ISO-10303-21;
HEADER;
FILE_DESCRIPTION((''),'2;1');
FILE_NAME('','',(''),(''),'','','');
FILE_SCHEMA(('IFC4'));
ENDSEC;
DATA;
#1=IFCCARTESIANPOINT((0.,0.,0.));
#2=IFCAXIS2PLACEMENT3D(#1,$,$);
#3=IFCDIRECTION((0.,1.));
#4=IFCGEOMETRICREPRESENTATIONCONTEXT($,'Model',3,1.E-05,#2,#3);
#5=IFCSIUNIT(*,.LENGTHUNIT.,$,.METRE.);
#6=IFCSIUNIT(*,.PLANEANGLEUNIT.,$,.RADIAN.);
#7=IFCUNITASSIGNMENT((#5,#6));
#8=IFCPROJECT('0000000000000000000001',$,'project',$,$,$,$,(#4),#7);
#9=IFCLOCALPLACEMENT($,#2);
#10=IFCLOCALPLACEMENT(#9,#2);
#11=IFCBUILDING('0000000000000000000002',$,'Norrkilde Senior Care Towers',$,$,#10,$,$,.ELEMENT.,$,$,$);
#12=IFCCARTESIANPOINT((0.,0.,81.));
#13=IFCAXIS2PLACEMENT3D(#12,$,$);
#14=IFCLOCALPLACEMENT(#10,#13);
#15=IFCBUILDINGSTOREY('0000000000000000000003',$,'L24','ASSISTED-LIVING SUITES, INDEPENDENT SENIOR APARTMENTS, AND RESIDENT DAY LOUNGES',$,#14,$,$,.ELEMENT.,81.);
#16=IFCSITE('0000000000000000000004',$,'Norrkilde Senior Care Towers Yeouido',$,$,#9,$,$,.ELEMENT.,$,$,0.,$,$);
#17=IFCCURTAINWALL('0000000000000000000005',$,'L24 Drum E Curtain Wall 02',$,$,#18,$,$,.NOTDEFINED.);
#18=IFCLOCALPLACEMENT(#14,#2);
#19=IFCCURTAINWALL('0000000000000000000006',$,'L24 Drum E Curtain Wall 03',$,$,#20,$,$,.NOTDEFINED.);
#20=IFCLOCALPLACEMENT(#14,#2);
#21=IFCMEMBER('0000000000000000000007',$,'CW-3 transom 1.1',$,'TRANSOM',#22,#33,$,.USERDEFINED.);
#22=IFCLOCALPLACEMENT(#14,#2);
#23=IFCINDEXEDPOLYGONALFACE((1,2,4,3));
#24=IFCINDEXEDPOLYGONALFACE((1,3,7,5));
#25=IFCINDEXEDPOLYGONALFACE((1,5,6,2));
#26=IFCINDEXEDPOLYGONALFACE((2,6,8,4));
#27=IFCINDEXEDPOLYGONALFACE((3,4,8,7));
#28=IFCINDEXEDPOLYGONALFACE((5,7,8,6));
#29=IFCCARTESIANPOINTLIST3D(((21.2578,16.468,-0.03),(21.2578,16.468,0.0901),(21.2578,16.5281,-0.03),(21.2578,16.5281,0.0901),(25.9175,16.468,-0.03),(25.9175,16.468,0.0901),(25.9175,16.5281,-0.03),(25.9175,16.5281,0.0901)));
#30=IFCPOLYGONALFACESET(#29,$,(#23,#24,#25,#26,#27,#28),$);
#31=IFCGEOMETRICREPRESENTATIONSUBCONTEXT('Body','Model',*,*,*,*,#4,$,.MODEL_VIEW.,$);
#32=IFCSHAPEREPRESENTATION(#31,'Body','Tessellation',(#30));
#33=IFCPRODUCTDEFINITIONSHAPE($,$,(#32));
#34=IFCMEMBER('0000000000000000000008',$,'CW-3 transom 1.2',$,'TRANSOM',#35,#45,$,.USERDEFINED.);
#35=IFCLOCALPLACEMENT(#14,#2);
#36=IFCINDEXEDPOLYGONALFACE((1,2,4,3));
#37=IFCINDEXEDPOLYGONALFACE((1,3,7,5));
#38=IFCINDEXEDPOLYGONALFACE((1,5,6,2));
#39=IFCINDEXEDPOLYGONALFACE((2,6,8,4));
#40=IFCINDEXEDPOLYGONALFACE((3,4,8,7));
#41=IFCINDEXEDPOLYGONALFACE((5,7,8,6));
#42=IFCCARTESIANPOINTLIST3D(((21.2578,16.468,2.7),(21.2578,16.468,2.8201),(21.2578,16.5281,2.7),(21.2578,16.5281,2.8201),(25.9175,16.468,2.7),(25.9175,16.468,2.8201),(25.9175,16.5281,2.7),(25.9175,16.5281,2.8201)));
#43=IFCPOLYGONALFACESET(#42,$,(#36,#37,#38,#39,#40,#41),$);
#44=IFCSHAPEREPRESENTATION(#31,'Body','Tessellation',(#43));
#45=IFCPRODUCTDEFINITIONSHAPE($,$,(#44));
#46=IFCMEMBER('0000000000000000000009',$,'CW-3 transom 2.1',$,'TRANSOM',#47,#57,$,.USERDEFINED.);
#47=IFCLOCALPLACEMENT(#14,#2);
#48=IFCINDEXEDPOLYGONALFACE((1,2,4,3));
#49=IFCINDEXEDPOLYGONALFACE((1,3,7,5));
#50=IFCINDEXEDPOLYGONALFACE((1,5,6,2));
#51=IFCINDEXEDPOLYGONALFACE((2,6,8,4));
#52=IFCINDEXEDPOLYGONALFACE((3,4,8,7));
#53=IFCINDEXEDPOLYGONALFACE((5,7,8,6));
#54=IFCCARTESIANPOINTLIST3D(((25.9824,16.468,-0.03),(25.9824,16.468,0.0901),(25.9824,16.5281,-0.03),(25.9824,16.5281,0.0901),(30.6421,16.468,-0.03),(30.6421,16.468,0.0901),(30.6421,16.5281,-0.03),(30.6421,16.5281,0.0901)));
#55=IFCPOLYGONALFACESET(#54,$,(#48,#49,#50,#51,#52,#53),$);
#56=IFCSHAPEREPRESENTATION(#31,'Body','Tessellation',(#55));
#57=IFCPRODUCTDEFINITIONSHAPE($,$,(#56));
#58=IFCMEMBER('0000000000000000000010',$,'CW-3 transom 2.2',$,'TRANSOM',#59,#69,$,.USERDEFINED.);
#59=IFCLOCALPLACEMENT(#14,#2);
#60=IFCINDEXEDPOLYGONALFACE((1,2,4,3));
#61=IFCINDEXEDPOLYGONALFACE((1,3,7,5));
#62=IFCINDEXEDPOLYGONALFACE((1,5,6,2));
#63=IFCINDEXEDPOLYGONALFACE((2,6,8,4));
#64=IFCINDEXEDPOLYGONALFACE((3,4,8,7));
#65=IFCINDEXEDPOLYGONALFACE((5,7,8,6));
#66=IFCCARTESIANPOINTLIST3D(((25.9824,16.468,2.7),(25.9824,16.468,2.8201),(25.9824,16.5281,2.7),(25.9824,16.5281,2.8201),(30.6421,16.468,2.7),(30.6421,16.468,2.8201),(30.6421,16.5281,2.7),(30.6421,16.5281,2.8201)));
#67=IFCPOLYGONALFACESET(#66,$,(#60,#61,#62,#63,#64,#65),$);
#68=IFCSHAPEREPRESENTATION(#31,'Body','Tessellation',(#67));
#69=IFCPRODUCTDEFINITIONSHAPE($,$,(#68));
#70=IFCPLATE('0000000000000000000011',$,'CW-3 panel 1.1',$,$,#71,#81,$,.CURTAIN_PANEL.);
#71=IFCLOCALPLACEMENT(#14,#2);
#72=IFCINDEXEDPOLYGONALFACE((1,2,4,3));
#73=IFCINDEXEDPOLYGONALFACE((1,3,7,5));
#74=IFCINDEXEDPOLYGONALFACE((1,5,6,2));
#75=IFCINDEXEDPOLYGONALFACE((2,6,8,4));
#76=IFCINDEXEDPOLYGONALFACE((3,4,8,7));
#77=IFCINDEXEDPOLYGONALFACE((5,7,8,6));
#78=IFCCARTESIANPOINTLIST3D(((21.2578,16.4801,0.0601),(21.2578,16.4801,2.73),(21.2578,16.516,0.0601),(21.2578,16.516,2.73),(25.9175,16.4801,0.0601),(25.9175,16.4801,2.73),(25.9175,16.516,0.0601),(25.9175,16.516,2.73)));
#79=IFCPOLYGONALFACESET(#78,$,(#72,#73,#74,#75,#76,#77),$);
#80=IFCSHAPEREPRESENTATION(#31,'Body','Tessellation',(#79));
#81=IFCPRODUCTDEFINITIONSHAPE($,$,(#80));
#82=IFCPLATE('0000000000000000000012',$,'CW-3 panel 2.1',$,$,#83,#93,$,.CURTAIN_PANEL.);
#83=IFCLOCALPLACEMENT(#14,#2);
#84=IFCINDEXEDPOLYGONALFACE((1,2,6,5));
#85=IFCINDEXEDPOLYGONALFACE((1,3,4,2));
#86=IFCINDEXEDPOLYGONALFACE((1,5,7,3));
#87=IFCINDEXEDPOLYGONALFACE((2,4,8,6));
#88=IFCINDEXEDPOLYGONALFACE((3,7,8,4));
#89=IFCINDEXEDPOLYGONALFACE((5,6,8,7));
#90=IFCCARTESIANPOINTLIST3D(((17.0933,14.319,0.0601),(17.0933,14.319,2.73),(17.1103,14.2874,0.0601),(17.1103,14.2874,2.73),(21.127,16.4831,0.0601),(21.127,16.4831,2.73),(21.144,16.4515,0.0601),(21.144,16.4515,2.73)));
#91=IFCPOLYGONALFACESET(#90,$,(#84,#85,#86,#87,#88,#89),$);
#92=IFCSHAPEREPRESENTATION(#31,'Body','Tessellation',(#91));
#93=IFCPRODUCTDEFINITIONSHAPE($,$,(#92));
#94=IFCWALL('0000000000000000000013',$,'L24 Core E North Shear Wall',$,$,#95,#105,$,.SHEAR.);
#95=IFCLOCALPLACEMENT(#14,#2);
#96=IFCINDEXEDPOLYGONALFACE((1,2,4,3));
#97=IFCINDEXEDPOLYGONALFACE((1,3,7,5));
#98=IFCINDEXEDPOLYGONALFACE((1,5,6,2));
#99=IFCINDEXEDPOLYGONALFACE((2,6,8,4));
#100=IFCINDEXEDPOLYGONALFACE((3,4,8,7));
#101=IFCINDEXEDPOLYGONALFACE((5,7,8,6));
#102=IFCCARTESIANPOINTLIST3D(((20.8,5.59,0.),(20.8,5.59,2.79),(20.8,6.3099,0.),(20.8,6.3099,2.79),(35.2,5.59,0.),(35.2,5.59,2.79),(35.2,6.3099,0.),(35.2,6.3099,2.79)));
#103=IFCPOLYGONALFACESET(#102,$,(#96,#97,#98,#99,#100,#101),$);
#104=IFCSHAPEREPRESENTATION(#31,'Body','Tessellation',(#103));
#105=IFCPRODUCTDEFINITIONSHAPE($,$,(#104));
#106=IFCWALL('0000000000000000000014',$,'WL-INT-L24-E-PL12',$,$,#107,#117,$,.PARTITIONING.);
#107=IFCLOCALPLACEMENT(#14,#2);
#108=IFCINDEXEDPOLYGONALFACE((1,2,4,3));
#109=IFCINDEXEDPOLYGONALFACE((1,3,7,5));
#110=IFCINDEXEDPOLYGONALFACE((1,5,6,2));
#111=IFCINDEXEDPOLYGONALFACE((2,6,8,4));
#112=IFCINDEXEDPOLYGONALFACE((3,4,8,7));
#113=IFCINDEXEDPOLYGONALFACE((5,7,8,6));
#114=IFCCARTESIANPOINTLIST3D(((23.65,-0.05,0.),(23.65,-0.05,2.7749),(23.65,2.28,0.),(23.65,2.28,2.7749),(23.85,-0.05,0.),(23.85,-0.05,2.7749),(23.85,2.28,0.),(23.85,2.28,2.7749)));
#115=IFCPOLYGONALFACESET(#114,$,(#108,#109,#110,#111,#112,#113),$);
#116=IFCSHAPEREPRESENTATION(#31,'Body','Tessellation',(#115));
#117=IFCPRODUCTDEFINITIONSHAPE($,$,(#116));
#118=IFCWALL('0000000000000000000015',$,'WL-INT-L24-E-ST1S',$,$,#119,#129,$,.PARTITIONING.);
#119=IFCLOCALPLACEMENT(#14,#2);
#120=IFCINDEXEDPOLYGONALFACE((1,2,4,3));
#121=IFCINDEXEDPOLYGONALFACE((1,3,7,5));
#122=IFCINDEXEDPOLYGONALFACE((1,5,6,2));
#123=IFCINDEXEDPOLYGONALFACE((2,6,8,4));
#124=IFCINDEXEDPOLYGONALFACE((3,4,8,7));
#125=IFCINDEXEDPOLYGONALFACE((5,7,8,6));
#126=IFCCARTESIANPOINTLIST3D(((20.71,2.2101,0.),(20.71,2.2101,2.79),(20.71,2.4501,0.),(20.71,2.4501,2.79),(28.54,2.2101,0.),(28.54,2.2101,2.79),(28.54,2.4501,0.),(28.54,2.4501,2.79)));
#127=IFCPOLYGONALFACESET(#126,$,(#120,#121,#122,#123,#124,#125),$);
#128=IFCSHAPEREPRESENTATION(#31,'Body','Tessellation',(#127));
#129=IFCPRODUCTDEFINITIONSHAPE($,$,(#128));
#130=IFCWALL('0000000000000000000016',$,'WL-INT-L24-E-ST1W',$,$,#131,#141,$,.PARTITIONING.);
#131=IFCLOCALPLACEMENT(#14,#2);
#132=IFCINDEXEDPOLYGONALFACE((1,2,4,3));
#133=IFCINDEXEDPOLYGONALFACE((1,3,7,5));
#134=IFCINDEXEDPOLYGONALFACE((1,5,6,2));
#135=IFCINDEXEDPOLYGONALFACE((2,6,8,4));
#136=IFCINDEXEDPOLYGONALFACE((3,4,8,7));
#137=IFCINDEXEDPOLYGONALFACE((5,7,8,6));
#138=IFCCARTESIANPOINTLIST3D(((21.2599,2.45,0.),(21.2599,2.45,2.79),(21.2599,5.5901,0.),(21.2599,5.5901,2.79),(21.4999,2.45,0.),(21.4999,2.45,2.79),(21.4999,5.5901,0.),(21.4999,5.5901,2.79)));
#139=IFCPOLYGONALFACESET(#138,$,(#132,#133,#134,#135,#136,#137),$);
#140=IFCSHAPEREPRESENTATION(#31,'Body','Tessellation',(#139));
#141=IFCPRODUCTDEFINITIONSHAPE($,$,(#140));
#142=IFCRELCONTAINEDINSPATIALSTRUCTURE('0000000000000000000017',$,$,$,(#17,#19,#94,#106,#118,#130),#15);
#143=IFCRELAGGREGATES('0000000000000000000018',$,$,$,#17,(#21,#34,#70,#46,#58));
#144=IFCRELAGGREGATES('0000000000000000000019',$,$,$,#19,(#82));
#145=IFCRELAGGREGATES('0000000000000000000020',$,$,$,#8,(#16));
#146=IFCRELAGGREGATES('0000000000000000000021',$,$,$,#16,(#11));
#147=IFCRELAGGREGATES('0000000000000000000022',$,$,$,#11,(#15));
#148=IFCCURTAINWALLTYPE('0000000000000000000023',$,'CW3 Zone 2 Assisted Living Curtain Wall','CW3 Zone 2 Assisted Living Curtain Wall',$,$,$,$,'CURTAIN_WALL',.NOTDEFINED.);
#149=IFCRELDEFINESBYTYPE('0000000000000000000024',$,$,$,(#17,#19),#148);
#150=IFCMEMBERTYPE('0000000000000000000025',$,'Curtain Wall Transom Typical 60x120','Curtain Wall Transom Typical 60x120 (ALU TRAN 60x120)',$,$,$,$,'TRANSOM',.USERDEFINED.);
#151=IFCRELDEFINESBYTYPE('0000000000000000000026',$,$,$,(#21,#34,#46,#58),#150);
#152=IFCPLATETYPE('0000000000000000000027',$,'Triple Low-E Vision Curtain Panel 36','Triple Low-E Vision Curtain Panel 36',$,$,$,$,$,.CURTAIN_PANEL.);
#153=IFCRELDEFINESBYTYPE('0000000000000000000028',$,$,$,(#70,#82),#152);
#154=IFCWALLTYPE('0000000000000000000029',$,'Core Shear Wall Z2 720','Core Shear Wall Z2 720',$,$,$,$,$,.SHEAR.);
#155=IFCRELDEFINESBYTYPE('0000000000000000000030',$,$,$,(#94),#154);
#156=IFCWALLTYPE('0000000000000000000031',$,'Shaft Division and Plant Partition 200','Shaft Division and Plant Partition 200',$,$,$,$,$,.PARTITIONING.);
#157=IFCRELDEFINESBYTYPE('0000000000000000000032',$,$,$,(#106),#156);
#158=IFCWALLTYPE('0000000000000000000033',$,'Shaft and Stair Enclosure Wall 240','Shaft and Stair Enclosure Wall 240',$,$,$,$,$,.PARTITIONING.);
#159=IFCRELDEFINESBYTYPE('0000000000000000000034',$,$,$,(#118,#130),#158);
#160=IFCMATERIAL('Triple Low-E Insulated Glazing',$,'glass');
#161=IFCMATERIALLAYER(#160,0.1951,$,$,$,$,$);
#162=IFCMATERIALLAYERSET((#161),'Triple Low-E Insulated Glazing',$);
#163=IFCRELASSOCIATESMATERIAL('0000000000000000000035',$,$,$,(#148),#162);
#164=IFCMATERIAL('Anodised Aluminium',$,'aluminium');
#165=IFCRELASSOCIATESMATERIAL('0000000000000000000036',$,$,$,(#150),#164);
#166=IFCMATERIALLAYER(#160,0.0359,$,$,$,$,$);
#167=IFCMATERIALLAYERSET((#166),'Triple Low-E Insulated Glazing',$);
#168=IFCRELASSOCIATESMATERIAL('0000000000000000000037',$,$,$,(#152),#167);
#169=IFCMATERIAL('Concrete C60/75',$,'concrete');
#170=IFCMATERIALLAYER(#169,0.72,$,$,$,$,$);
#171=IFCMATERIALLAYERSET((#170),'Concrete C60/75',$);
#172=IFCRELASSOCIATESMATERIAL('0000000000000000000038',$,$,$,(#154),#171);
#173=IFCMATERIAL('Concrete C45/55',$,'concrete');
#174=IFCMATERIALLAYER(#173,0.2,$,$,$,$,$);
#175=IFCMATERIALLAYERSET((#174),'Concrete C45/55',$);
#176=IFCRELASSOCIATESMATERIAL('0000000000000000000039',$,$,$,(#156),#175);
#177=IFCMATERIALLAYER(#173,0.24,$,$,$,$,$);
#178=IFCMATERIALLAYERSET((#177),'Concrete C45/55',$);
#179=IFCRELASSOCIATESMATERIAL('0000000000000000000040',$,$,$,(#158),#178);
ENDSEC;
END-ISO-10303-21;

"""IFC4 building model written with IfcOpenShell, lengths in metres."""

from ifc_helpers import new_model, si_unit, direction, frame, frame_2d, origin, origin_2d, place, context, subcontext, project, spatial, rectangle, extrude, source, transform, mapped, material, layer, layer_set, material_profile, profile_set, type_object, type_shapes, element, aggregate, save


model = new_model("IFC4")

# Units and contexts
model_context = context("Model", 3, precision=1e-05, world=origin(), true_north=direction((0.0, 1.0)))
body_context = subcontext(model_context, "Body", "Model", "MODEL_VIEW")
ifc_project = project(units=[si_unit("LENGTHUNIT", "METRE"), si_unit("PLANEANGLEUNIT", "RADIAN")], contexts=[model_context])

# Site, building, storey
site_placement = place(None, origin())
site = spatial("IfcSite", under=ifc_project, at=site_placement, Name="Norrkilde Senior Care Towers Yeouido", CompositionType="ELEMENT", RefElevation=0.0)
building_placement = place(site_placement, origin())
building = spatial("IfcBuilding", under=site, at=building_placement, Name="Norrkilde Senior Care Towers", CompositionType="ELEMENT")
storey_placement = place(building_placement, frame((0.0, 0.0, 81.0)))
storey = spatial("IfcBuildingStorey", under=building, at=storey_placement, Name="L24", Description="ASSISTED-LIVING SUITES, INDEPENDENT SENIOR APARTMENTS, AND RESIDENT DAY LOUNGES", CompositionType="ELEMENT", Elevation=81.0)

# Shared definitions
ifc_material_1 = material(Name="Concrete C60/75", Category="concrete")

# Curtain wall
ifc_material_2 = material(Name="Triple Low-E Insulated Glazing", Category="glass")
ifc_layer_1 = layer(ifc_material_2, 0.1951)
ifc_layer_set_1 = layer_set([ifc_layer_1], Name="Triple Low-E Insulated Glazing")
curtain_wall_type = type_object("IfcCurtainWallType", Name="CW3 Zone 2 Assisted Living Curtain Wall", Description="CW3 Zone 2 Assisted Living Curtain Wall", ElementType="CURTAIN_WALL", PredefinedType="NOTDEFINED", material=ifc_layer_set_1)
curtain_wall_1_placement = place(storey_placement, origin())
curtain_wall_1 = element("IfcCurtainWall", 1, at=curtain_wall_1_placement, inside=storey, type_object=curtain_wall_type, Name="L24 Drum E Curtain Wall 02", PredefinedType="NOTDEFINED")
ifc_material_3 = material(Name="Anodised Aluminium", Category="aluminium")

# Curtain wall
curtain_wall_2_placement = place(storey_placement, origin())
curtain_wall_2 = element("IfcCurtainWall", 2, at=curtain_wall_2_placement, inside=storey, type_object=curtain_wall_type, Name="L24 Drum E Curtain Wall 03", PredefinedType="NOTDEFINED")

# Members
ifc_material_profile_1 = material_profile(ifc_material_3, rectangle(XDim=0.0601, YDim=0.1201, at=origin_2d()), Name="ALU TRAN 60x120")
ifc_profile_set_1 = profile_set([ifc_material_profile_1], Name="Anodised Aluminium")
member_type_1 = type_object("IfcMemberType", Name="Curtain Wall Transom Typical 60x120", Description="Curtain Wall Transom Typical 60x120 (ALU TRAN 60x120)", ElementType="TRANSOM", PredefinedType="USERDEFINED", material=ifc_profile_set_1)
shared_shape_1 = source(origin(), body_context, "Body", "SweptSolid", [
    extrude(rectangle(XDim=0.0601, YDim=0.1201, at=origin_2d()), origin(), (0.0, 0.0, 1.0), 4.6597),
])
type_shapes(member_type_1, [shared_shape_1])
member_1_placement = place(storey_placement, frame((21.2578, 16.498, 0.03), z_axis=(1.0, 0.0, 0.0), x_axis=(0.0, 1.0, 0.0)))
member_1 = element("IfcMember", 3, at=member_1_placement, type_object=member_type_1, Name="CW-3 transom 1.1", ObjectType="TRANSOM", PredefinedType="USERDEFINED", context=body_context, shape_type="MappedRepresentation", body=[
    mapped(shared_shape_1, transform((0.0, 0.0, 0.0), x_axis=(1.0, 0.0, 0.0), y_axis=(0.0, 1.0, 0.0), z_axis=(0.0, 0.0, 1.0), scale=1.0)),
])
member_2_placement = place(storey_placement, frame((21.2578, 16.498, 2.76), z_axis=(1.0, 0.0, 0.0), x_axis=(0.0, 1.0, 0.0)))
member_2 = element("IfcMember", 4, at=member_2_placement, type_object=member_type_1, Name="CW-3 transom 1.2", ObjectType="TRANSOM", PredefinedType="USERDEFINED", context=body_context, shape_type="MappedRepresentation", body=[
    mapped(shared_shape_1, transform((0.0, 0.0, 0.0), x_axis=(1.0, 0.0, 0.0), y_axis=(0.0, 1.0, 0.0), z_axis=(0.0, 0.0, 1.0), scale=1.0)),
])
member_3_placement = place(storey_placement, frame((25.9824, 16.498, 0.03), z_axis=(1.0, 0.0, 0.0), x_axis=(0.0, 1.0, 0.0)))
member_3 = element("IfcMember", 5, at=member_3_placement, type_object=member_type_1, Name="CW-3 transom 2.1", ObjectType="TRANSOM", PredefinedType="USERDEFINED", context=body_context, shape_type="MappedRepresentation", body=[
    mapped(shared_shape_1, transform((0.0, 0.0, 0.0), x_axis=(1.0, 0.0, 0.0), y_axis=(0.0, 1.0, 0.0), z_axis=(0.0, 0.0, 1.0), scale=1.0)),
])
member_4_placement = place(storey_placement, frame((25.9824, 16.498, 2.76), z_axis=(1.0, 0.0, 0.0), x_axis=(0.0, 1.0, 0.0)))
member_4 = element("IfcMember", 6, at=member_4_placement, type_object=member_type_1, Name="CW-3 transom 2.2", ObjectType="TRANSOM", PredefinedType="USERDEFINED", context=body_context, shape_type="MappedRepresentation", body=[
    mapped(shared_shape_1, transform((0.0, 0.0, 0.0), x_axis=(1.0, 0.0, 0.0), y_axis=(0.0, 1.0, 0.0), z_axis=(0.0, 0.0, 1.0), scale=1.0)),
])

# Plates
ifc_layer_2 = layer(ifc_material_2, 0.0359)
ifc_layer_set_2 = layer_set([ifc_layer_2], Name="Triple Low-E Insulated Glazing")
plate_type = type_object("IfcPlateType", Name="Triple Low-E Vision Curtain Panel 36", Description="Triple Low-E Vision Curtain Panel 36", PredefinedType="CURTAIN_PANEL", material=ifc_layer_set_2)
shared_shape_2 = source(origin(), body_context, "Body", "SweptSolid", [
    extrude(rectangle(XDim=4.6597, YDim=0.0359, at=origin_2d()), origin(), (0.0, 0.0, 1.0), 2.6699),
])
plate_1_placement = place(storey_placement, frame((23.5876, 16.498, 0.0601), z_axis=(0.0, 0.0, 1.0), x_axis=(1.0, 0.0, 0.0)))
plate_1 = element("IfcPlate", 7, at=plate_1_placement, type_object=plate_type, Name="CW-3 panel 1.1", PredefinedType="CURTAIN_PANEL", context=body_context, shape_type="MappedRepresentation", body=[
    mapped(shared_shape_2, transform((0.0, 0.0, 0.0), x_axis=(1.0, 0.0, 0.0), y_axis=(0.0, 1.0, 0.0), z_axis=(0.0, 0.0, 1.0), scale=1.0)),
])
aggregate(curtain_wall_1, [member_1, member_2, plate_1, member_3, member_4])
shared_shape_3 = source(origin(), body_context, "Body", "SweptSolid", [
    extrude(rectangle(XDim=4.5776, YDim=0.0359, at=origin_2d()), origin(), (0.0, 0.0, 1.0), 2.6699),
])
type_shapes(plate_type, [shared_shape_2, shared_shape_3])
plate_2_placement = place(storey_placement, frame((19.1187, 15.3853, 0.0601), z_axis=(0.0, 0.0, 1.0), x_axis=(0.881186, 0.472769, 0.0)))
plate_2 = element("IfcPlate", 8, at=plate_2_placement, type_object=plate_type, Name="CW-3 panel 2.1", PredefinedType="CURTAIN_PANEL", context=body_context, shape_type="MappedRepresentation", body=[
    mapped(shared_shape_3, transform((0.0, 0.0, 0.0), x_axis=(1.0, 0.0, 0.0), y_axis=(0.0, 1.0, 0.0), z_axis=(0.0, 0.0, 1.0), scale=1.0)),
])
aggregate(curtain_wall_2, [plate_2])

# Walls
ifc_layer_3 = layer(ifc_material_1, 0.72)
ifc_layer_set_3 = layer_set([ifc_layer_3], Name="Concrete C60/75")
wall_type_1 = type_object("IfcWallType", Name="Core Shear Wall Z2 720", Description="Core Shear Wall Z2 720", PredefinedType="SHEAR", material=ifc_layer_set_3)
shared_shape_4 = source(origin(), body_context, "Body", "SweptSolid", [
    extrude(rectangle(XDim=14.3999, YDim=0.72, at=frame_2d((7.2, 0.0))), origin(), (0.0, 0.0, 1.0), 2.79),
])
type_shapes(wall_type_1, [shared_shape_4])
wall_1_placement = place(storey_placement, frame((20.8, 5.95, 0.0), z_axis=(0.0, 0.0, 1.0), x_axis=(1.0, 0.0, 0.0)))
element("IfcWall", 9, at=wall_1_placement, inside=storey, type_object=wall_type_1, Name="L24 Core E North Shear Wall", PredefinedType="SHEAR", context=body_context, shape_type="MappedRepresentation", body=[
    mapped(shared_shape_4, transform((0.0, 0.0, 0.0), x_axis=(1.0, 0.0, 0.0), y_axis=(0.0, 1.0, 0.0), z_axis=(0.0, 0.0, 1.0), scale=1.0)),
])
ifc_material_4 = material(Name="Concrete C45/55", Category="concrete")
ifc_layer_4 = layer(ifc_material_4, 0.2)
ifc_layer_set_4 = layer_set([ifc_layer_4], Name="Concrete C45/55")
wall_type_2 = type_object("IfcWallType", Name="Shaft Division and Plant Partition 200", Description="Shaft Division and Plant Partition 200", PredefinedType="PARTITIONING", material=ifc_layer_set_4)
shared_shape_5 = source(origin(), body_context, "Body", "SweptSolid", [
    extrude(rectangle(XDim=2.3301, YDim=0.2, at=frame_2d((1.165, 0.0))), origin(), (0.0, 0.0, 1.0), 2.7749),
])
type_shapes(wall_type_2, [shared_shape_5])
wall_2_placement = place(storey_placement, frame((23.75, -0.05, 0.0), z_axis=(0.0, 0.0, 1.0), x_axis=(0.0, 1.0, 0.0)))
element("IfcWall", 10, at=wall_2_placement, inside=storey, type_object=wall_type_2, Name="WL-INT-L24-E-PL12", PredefinedType="PARTITIONING", context=body_context, shape_type="MappedRepresentation", body=[
    mapped(shared_shape_5, transform((0.0, 0.0, 0.0), x_axis=(1.0, 0.0, 0.0), y_axis=(0.0, 1.0, 0.0), z_axis=(0.0, 0.0, 1.0), scale=1.0)),
])
ifc_layer_5 = layer(ifc_material_4, 0.24)
ifc_layer_set_5 = layer_set([ifc_layer_5], Name="Concrete C45/55")
wall_type_3 = type_object("IfcWallType", Name="Shaft and Stair Enclosure Wall 240", Description="Shaft and Stair Enclosure Wall 240", PredefinedType="PARTITIONING", material=ifc_layer_set_5)
shared_shape_6 = source(origin(), body_context, "Body", "SweptSolid", [
    extrude(rectangle(XDim=7.8301, YDim=0.24, at=frame_2d((3.915, 0.0))), origin(), (0.0, 0.0, 1.0), 2.79),
])
wall_3_placement = place(storey_placement, frame((20.71, 2.3301, 0.0), z_axis=(0.0, 0.0, 1.0), x_axis=(1.0, 0.0, 0.0)))
element("IfcWall", 11, at=wall_3_placement, inside=storey, type_object=wall_type_3, Name="WL-INT-L24-E-ST1S", PredefinedType="PARTITIONING", context=body_context, shape_type="MappedRepresentation", body=[
    mapped(shared_shape_6, transform((0.0, 0.0, 0.0), x_axis=(1.0, 0.0, 0.0), y_axis=(0.0, 1.0, 0.0), z_axis=(0.0, 0.0, 1.0), scale=1.0)),
])
shared_shape_7 = source(origin(), body_context, "Body", "SweptSolid", [
    extrude(rectangle(XDim=3.1401, YDim=0.24, at=frame_2d((1.5701, 0.0))), origin(), (0.0, 0.0, 1.0), 2.79),
])
type_shapes(wall_type_3, [shared_shape_6, shared_shape_7])
wall_4_placement = place(storey_placement, frame((21.3799, 2.45, 0.0), z_axis=(0.0, 0.0, 1.0), x_axis=(0.0, 1.0, 0.0)))
element("IfcWall", 12, at=wall_4_placement, inside=storey, type_object=wall_type_3, Name="WL-INT-L24-E-ST1W", PredefinedType="PARTITIONING", context=body_context, shape_type="MappedRepresentation", body=[
    mapped(shared_shape_7, transform((0.0, 0.0, 0.0), x_axis=(1.0, 0.0, 0.0), y_axis=(0.0, 1.0, 0.0), z_axis=(0.0, 0.0, 1.0), scale=1.0)),
])

save(model, "model.ifc")
